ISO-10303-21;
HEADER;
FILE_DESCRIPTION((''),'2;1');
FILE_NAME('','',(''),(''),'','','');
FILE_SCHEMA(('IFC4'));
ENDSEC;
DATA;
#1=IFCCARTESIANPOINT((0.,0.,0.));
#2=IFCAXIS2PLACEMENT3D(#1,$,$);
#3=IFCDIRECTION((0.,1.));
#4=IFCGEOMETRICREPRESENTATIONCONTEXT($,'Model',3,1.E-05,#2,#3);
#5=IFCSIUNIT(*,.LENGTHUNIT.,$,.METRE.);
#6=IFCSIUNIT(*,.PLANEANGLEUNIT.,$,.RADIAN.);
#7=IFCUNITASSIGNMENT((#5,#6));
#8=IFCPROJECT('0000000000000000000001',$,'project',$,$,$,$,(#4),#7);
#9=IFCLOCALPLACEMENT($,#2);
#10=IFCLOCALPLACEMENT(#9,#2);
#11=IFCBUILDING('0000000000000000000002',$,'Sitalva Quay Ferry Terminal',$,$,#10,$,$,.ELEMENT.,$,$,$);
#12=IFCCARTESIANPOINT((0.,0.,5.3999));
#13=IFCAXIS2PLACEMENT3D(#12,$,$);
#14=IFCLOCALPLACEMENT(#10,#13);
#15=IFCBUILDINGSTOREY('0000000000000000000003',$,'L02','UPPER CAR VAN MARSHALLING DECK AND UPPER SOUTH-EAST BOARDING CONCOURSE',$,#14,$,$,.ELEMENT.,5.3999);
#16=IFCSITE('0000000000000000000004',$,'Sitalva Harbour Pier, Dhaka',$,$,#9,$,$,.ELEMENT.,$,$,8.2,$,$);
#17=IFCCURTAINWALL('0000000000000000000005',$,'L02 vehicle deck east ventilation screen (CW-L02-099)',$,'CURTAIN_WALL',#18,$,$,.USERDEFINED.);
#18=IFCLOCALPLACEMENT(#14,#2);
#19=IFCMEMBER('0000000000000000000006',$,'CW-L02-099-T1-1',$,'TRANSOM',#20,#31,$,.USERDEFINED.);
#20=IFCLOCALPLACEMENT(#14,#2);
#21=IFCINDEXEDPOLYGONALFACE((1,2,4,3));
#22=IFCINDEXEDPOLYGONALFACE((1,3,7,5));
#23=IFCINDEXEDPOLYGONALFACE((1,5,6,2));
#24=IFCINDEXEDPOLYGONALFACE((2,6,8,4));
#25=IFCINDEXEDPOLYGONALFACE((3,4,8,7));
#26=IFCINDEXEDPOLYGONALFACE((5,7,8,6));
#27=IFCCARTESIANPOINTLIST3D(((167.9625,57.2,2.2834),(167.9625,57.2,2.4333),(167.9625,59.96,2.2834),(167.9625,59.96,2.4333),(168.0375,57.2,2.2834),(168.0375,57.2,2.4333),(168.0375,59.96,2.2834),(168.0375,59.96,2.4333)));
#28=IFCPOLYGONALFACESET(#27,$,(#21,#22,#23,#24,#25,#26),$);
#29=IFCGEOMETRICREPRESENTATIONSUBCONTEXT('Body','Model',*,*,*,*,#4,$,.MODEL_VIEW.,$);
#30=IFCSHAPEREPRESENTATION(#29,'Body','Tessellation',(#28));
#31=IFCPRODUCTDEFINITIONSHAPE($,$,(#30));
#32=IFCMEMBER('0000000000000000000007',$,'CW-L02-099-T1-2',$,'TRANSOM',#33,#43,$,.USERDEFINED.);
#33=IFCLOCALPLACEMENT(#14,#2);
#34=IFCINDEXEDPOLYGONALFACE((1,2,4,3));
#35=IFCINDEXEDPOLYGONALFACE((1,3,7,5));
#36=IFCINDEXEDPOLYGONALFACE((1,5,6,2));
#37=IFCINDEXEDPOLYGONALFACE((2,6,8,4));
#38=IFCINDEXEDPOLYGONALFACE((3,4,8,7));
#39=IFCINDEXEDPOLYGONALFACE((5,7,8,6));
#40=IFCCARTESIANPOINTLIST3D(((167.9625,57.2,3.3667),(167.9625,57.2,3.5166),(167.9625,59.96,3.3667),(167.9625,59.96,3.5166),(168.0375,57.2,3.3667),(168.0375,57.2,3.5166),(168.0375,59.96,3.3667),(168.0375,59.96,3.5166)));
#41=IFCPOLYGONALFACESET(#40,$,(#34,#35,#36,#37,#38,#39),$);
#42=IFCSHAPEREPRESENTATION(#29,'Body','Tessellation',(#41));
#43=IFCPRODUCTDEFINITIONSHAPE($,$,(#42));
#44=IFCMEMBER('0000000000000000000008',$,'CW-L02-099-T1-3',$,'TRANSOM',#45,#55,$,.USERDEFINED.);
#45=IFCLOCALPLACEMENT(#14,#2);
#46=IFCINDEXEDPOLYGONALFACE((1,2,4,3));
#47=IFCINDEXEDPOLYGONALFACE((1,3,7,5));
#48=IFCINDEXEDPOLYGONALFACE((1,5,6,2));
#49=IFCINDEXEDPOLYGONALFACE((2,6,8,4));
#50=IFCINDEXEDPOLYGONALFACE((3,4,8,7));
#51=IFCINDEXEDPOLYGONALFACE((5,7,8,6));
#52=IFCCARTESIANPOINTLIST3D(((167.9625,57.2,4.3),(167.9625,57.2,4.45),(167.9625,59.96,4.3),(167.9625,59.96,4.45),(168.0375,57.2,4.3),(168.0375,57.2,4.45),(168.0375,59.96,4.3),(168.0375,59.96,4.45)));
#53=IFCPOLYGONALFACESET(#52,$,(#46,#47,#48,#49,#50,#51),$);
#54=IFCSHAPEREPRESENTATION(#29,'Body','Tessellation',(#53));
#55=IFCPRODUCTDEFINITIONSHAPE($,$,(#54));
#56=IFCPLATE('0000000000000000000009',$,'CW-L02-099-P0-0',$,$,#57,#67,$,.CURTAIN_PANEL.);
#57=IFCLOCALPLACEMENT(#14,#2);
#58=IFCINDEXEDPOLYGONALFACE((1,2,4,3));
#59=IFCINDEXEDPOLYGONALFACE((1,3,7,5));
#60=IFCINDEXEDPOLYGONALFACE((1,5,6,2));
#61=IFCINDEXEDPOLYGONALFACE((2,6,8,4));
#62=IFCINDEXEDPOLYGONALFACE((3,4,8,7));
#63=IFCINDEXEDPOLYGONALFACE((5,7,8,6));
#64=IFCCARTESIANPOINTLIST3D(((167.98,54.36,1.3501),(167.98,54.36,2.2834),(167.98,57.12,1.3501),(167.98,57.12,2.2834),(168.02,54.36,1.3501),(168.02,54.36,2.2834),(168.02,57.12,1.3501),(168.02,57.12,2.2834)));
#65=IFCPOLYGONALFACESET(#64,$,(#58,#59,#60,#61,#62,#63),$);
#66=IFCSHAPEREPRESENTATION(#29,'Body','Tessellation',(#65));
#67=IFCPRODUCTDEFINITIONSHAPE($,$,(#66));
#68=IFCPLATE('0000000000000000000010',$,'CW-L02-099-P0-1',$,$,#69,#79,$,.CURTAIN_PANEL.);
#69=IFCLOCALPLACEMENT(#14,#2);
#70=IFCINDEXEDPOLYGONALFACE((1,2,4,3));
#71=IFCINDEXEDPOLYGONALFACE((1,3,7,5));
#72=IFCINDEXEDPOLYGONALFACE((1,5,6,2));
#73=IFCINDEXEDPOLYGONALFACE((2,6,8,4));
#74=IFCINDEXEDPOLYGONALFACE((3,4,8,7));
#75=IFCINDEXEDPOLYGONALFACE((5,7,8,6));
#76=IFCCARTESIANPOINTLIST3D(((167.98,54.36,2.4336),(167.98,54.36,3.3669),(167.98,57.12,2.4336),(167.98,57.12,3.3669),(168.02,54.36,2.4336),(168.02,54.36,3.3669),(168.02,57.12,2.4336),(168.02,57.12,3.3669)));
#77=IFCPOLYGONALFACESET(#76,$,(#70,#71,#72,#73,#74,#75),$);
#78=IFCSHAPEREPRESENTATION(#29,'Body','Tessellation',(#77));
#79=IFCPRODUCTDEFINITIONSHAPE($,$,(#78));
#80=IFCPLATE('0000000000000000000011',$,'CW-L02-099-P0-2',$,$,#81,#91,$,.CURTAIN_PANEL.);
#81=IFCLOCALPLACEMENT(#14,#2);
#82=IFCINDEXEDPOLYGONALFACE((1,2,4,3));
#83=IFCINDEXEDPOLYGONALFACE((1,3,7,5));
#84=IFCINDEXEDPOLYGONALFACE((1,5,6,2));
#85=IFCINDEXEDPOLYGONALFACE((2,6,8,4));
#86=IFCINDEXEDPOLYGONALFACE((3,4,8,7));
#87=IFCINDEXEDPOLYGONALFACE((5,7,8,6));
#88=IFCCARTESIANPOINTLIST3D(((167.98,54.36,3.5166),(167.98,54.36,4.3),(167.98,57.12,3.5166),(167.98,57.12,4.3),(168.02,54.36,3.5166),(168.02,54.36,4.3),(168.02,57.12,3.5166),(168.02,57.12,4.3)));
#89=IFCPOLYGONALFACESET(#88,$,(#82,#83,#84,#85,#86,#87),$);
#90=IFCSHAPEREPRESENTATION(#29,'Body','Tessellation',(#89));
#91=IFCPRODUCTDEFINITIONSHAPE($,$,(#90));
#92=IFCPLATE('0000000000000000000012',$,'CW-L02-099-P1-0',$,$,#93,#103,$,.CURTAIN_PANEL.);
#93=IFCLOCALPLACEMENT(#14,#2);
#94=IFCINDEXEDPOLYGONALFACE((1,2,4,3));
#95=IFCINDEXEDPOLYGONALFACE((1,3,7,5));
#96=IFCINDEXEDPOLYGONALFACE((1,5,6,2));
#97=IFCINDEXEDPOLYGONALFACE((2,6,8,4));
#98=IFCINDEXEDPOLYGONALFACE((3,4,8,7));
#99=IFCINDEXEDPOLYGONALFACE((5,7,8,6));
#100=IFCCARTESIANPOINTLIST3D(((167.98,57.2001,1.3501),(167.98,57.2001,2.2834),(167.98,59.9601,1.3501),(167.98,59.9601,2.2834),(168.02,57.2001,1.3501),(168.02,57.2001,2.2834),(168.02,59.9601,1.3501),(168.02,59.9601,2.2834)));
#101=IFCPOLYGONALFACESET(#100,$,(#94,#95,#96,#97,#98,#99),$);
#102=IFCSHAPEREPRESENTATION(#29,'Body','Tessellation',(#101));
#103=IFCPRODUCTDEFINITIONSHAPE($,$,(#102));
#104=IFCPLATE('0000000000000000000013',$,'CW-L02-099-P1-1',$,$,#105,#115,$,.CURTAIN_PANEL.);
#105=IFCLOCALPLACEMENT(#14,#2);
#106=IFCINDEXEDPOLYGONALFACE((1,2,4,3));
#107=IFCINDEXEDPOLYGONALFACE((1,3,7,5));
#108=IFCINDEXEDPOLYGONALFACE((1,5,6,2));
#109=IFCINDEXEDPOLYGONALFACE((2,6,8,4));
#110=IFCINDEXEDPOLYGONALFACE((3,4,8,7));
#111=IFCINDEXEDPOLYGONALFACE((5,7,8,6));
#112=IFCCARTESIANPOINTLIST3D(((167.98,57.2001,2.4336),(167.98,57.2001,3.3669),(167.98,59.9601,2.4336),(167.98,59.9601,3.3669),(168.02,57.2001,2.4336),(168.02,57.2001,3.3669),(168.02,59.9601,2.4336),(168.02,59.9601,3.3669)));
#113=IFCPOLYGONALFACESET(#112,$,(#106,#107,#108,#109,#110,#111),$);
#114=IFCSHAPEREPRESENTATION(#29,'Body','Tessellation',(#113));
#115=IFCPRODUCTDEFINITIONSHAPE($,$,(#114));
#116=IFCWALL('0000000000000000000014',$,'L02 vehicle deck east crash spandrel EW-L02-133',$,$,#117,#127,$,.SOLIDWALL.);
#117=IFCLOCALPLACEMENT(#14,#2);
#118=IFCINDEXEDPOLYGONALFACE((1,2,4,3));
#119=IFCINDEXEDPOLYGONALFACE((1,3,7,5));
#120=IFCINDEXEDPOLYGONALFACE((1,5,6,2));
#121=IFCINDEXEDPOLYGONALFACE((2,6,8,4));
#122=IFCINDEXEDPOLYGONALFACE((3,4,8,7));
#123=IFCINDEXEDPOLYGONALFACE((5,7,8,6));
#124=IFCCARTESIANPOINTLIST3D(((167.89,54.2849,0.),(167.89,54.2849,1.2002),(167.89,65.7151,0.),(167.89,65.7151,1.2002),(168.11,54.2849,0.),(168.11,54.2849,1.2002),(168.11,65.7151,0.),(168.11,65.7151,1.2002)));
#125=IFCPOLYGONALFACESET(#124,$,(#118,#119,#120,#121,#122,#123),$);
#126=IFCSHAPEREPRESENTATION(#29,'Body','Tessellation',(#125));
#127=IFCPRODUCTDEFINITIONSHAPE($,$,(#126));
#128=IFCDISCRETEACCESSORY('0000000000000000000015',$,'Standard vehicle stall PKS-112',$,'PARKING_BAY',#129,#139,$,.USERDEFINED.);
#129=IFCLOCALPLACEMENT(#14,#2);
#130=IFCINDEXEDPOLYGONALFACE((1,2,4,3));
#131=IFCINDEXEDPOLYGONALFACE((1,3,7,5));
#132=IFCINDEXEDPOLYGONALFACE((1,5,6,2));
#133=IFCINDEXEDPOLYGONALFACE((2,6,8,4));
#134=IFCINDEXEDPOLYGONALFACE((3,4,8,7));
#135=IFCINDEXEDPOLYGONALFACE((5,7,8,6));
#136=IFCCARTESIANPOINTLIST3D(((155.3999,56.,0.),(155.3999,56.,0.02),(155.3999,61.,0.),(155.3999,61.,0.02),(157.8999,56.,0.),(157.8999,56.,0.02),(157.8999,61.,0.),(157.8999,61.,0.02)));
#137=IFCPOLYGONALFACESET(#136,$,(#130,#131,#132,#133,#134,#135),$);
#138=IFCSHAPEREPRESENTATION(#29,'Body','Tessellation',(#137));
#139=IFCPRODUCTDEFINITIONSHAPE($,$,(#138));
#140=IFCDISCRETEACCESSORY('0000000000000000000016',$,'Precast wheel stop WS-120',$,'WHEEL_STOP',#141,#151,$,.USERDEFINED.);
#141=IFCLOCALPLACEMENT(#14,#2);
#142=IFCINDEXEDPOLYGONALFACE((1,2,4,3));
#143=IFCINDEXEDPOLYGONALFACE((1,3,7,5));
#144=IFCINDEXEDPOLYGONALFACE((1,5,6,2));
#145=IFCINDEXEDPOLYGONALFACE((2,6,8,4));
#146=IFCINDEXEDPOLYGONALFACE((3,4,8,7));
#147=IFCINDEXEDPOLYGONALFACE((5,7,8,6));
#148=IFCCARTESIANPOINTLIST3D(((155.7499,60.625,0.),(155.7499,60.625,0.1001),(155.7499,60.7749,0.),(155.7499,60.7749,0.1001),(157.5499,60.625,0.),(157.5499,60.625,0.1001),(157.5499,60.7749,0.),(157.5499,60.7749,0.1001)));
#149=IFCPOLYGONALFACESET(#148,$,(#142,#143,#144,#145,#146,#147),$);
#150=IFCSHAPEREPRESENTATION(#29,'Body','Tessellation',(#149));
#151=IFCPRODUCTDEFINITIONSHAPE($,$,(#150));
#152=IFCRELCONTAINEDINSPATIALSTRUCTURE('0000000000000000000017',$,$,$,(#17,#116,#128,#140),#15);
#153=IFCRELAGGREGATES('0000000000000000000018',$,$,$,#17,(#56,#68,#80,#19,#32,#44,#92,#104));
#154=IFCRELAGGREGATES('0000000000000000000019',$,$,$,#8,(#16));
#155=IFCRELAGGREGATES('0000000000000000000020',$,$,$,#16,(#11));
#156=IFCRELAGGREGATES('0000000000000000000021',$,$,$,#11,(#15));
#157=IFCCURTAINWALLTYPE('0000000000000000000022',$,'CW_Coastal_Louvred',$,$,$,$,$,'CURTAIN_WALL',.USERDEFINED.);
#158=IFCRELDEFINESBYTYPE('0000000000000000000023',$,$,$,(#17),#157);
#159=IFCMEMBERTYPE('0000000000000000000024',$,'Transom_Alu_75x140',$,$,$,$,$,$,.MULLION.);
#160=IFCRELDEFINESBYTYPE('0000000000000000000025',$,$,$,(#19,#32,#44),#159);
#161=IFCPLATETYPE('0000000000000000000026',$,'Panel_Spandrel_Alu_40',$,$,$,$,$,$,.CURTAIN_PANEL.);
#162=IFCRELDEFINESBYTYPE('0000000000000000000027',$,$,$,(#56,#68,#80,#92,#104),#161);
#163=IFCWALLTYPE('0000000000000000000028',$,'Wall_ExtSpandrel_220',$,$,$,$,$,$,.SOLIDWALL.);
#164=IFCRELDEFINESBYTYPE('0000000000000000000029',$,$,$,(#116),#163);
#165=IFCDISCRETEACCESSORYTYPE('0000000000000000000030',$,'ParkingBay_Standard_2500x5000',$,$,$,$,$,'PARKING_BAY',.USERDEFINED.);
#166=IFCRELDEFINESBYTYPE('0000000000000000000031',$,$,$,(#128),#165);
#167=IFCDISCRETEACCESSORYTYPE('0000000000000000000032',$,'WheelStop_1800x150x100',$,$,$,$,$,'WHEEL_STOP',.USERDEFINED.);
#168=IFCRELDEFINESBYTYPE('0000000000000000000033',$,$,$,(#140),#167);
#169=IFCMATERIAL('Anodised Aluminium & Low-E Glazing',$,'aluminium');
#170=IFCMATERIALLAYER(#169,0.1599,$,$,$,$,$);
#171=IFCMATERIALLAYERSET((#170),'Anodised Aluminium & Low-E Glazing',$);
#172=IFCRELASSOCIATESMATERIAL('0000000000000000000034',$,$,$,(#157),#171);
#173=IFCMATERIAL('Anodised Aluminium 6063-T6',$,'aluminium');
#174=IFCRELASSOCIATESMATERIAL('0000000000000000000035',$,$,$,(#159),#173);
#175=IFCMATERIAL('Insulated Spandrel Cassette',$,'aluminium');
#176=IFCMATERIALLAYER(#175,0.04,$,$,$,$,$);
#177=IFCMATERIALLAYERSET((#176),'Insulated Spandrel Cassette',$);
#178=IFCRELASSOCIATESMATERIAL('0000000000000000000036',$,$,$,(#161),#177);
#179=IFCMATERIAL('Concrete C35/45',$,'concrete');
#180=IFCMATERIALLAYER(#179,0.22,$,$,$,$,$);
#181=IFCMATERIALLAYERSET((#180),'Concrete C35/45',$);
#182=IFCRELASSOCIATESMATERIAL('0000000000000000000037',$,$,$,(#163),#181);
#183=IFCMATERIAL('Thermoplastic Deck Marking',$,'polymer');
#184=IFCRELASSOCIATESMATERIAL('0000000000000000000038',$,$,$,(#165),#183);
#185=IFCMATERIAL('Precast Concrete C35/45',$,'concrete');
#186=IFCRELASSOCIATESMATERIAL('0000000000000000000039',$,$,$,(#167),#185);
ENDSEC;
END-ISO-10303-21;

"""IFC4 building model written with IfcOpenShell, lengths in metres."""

from ifc_helpers import new_model, si_unit, direction, frame, frame_2d, origin, origin_2d, place, context, subcontext, project, spatial, rectangle, extrude, material, layer, layer_set, material_profile, profile_set, type_object, element, aggregate, save


model = new_model("IFC4")

# Units and contexts
model_context = context("Model", 3, precision=1e-05, world=origin(), true_north=direction((0.0, 1.0)))
body_context = subcontext(model_context, "Body", "Model", "MODEL_VIEW")
ifc_project = project(units=[si_unit("LENGTHUNIT", "METRE"), si_unit("PLANEANGLEUNIT", "RADIAN")], contexts=[model_context])

# Site, building, storey
site_placement = place(None, origin())
site = spatial("IfcSite", under=ifc_project, at=site_placement, Name="Sitalva Harbour Pier, Dhaka", CompositionType="ELEMENT", RefElevation=8.2)
building_placement = place(site_placement, origin())
building = spatial("IfcBuilding", under=site, at=building_placement, Name="Sitalva Quay Ferry Terminal", CompositionType="ELEMENT")
storey_placement = place(building_placement, frame((0.0, 0.0, 5.3999)))
storey = spatial("IfcBuildingStorey", under=building, at=storey_placement, Name="L02", Description="UPPER CAR VAN MARSHALLING DECK AND UPPER SOUTH-EAST BOARDING CONCOURSE", CompositionType="ELEMENT", Elevation=5.3999)

# Curtain wall, members, plates
ifc_material_1 = material(Name="Anodised Aluminium & Low-E Glazing", Category="aluminium")
ifc_layer_1 = layer(ifc_material_1, 0.1599)
ifc_layer_set_1 = layer_set([ifc_layer_1], Name="Anodised Aluminium & Low-E Glazing")
curtain_wall_type = type_object("IfcCurtainWallType", Name="CW_Coastal_Louvred", ElementType="CURTAIN_WALL", PredefinedType="USERDEFINED", material=ifc_layer_set_1)
curtain_wall_placement = place(storey_placement, origin())
curtain_wall = element("IfcCurtainWall", 1, at=curtain_wall_placement, inside=storey, type_object=curtain_wall_type, Name="L02 vehicle deck east ventilation screen (CW-L02-099)", ObjectType="CURTAIN_WALL", PredefinedType="USERDEFINED")
ifc_material_2 = material(Name="Anodised Aluminium 6063-T6", Category="aluminium")
ifc_material_profile_1 = material_profile(ifc_material_2, rectangle(XDim=0.075, YDim=0.1499, at=origin_2d()), Name="ALU75x150")
ifc_profile_set_1 = profile_set([ifc_material_profile_1], Name="Anodised Aluminium 6063-T6")
member_type_1 = type_object("IfcMemberType", Name="Transom_Alu_75x140", PredefinedType="MULLION", material=ifc_profile_set_1)
member_1_placement = place(storey_placement, frame((168.0, 57.2, 2.3584), z_axis=(0.0, 1.0, 0.0), x_axis=(-1.0, 0.0, 0.0)))
member_1 = element("IfcMember", 2, at=member_1_placement, type_object=member_type_1, Name="CW-L02-099-T1-1", ObjectType="TRANSOM", PredefinedType="USERDEFINED", context=body_context, shape_type="SweptSolid", body=[
    extrude(rectangle(XDim=0.075, YDim=0.1499, at=origin_2d()), origin(), (0.0, 0.0, 1.0), 2.76),
])
member_2_placement = place(storey_placement, frame((168.0, 57.2, 3.4417), z_axis=(0.0, 1.0, 0.0), x_axis=(-1.0, 0.0, 0.0)))
member_2 = element("IfcMember", 3, at=member_2_placement, type_object=member_type_1, Name="CW-L02-099-T1-2", ObjectType="TRANSOM", PredefinedType="USERDEFINED", context=body_context, shape_type="SweptSolid", body=[
    extrude(rectangle(XDim=0.075, YDim=0.1499, at=origin_2d()), origin(), (0.0, 0.0, 1.0), 2.76),
])
member_3_placement = place(storey_placement, frame((168.0, 57.2, 4.375), z_axis=(0.0, 1.0, 0.0), x_axis=(-1.0, 0.0, 0.0)))
member_3 = element("IfcMember", 4, at=member_3_placement, type_object=member_type_1, Name="CW-L02-099-T1-3", ObjectType="TRANSOM", PredefinedType="USERDEFINED", context=body_context, shape_type="SweptSolid", body=[
    extrude(rectangle(XDim=0.075, YDim=0.1499, at=origin_2d()), origin(), (0.0, 0.0, 1.0), 2.76),
])
ifc_material_3 = material(Name="Insulated Spandrel Cassette", Category="aluminium")
ifc_layer_2 = layer(ifc_material_3, 0.04)
ifc_layer_set_2 = layer_set([ifc_layer_2], Name="Insulated Spandrel Cassette")
plate_type = type_object("IfcPlateType", Name="Panel_Spandrel_Alu_40", PredefinedType="CURTAIN_PANEL", material=ifc_layer_set_2)
plate_1_placement = place(storey_placement, frame((168.0, 55.74, 1.3501), z_axis=(0.0, 0.0, 1.0), x_axis=(0.0, 1.0, 0.0)))
plate_1 = element("IfcPlate", 5, at=plate_1_placement, type_object=plate_type, Name="CW-L02-099-P0-0", PredefinedType="CURTAIN_PANEL", context=body_context, shape_type="SweptSolid", body=[
    extrude(rectangle(XDim=2.76, YDim=0.04, at=origin_2d()), origin(), (0.0, 0.0, 1.0), 0.9333),
])
plate_2_placement = place(storey_placement, frame((168.0, 55.74, 2.4336), z_axis=(0.0, 0.0, 1.0), x_axis=(0.0, 1.0, 0.0)))
plate_2 = element("IfcPlate", 6, at=plate_2_placement, type_object=plate_type, Name="CW-L02-099-P0-1", PredefinedType="CURTAIN_PANEL", context=body_context, shape_type="SweptSolid", body=[
    extrude(rectangle(XDim=2.76, YDim=0.04, at=origin_2d()), origin(), (0.0, 0.0, 1.0), 0.9333),
])
plate_3_placement = place(storey_placement, frame((168.0, 55.74, 3.5166), z_axis=(0.0, 0.0, 1.0), x_axis=(0.0, 1.0, 0.0)))
plate_3 = element("IfcPlate", 7, at=plate_3_placement, type_object=plate_type, Name="CW-L02-099-P0-2", PredefinedType="CURTAIN_PANEL", context=body_context, shape_type="SweptSolid", body=[
    extrude(rectangle(XDim=2.76, YDim=0.04, at=origin_2d()), origin(), (0.0, 0.0, 1.0), 0.7834),
])
plate_4_placement = place(storey_placement, frame((168.0, 58.5801, 1.3501), z_axis=(0.0, 0.0, 1.0), x_axis=(0.0, 1.0, 0.0)))
plate_4 = element("IfcPlate", 8, at=plate_4_placement, type_object=plate_type, Name="CW-L02-099-P1-0", PredefinedType="CURTAIN_PANEL", context=body_context, shape_type="SweptSolid", body=[
    extrude(rectangle(XDim=2.76, YDim=0.04, at=origin_2d()), origin(), (0.0, 0.0, 1.0), 0.9333),
])
plate_5_placement = place(storey_placement, frame((168.0, 58.5801, 2.4336), z_axis=(0.0, 0.0, 1.0), x_axis=(0.0, 1.0, 0.0)))
plate_5 = element("IfcPlate", 9, at=plate_5_placement, type_object=plate_type, Name="CW-L02-099-P1-1", PredefinedType="CURTAIN_PANEL", context=body_context, shape_type="SweptSolid", body=[
    extrude(rectangle(XDim=2.76, YDim=0.04, at=origin_2d()), origin(), (0.0, 0.0, 1.0), 0.9333),
])
aggregate(curtain_wall, [plate_1, plate_2, plate_3, member_1, member_2, member_3, plate_4, plate_5])

# Wall
ifc_material_4 = material(Name="Concrete C35/45", Category="concrete")
ifc_layer_3 = layer(ifc_material_4, 0.22)
ifc_layer_set_3 = layer_set([ifc_layer_3], Name="Concrete C35/45")
wall_type = type_object("IfcWallType", Name="Wall_ExtSpandrel_220", PredefinedType="SOLIDWALL", material=ifc_layer_set_3)
wall_placement = place(storey_placement, frame((168.0, 54.2849, 0.0), z_axis=(0.0, 0.0, 1.0), x_axis=(0.0, 1.0, 0.0)))
element("IfcWall", 10, at=wall_placement, inside=storey, type_object=wall_type, Name="L02 vehicle deck east crash spandrel EW-L02-133", PredefinedType="SOLIDWALL", context=body_context, shape_type="SweptSolid", body=[
    extrude(rectangle(XDim=11.4302, YDim=0.22, at=frame_2d((5.7151, 0.0))), origin(), (0.0, 0.0, 1.0), 1.2002),
])

# Discrete accessories
ifc_material_5 = material(Name="Thermoplastic Deck Marking", Category="polymer")
discrete_accessory_type_1 = type_object("IfcDiscreteAccessoryType", Name="ParkingBay_Standard_2500x5000", ElementType="PARKING_BAY", PredefinedType="USERDEFINED", material=ifc_material_5)
discrete_accessory_1_placement = place(storey_placement, frame((156.6499, 58.5, 0.0), z_axis=(0.0, 0.0, 1.0), x_axis=(1.0, 0.0, 0.0)))
element("IfcDiscreteAccessory", 11, at=discrete_accessory_1_placement, inside=storey, type_object=discrete_accessory_type_1, Name="Standard vehicle stall PKS-112", ObjectType="PARKING_BAY", PredefinedType="USERDEFINED", context=body_context, shape_type="SweptSolid", body=[
    extrude(rectangle(XDim=2.5, YDim=5.0, at=origin_2d()), origin(), (0.0, 0.0, 1.0), 0.02),
])
ifc_material_6 = material(Name="Precast Concrete C35/45", Category="concrete")
discrete_accessory_type_2 = type_object("IfcDiscreteAccessoryType", Name="WheelStop_1800x150x100", ElementType="WHEEL_STOP", PredefinedType="USERDEFINED", material=ifc_material_6)
discrete_accessory_2_placement = place(storey_placement, frame((156.6499, 60.7, 0.0), z_axis=(0.0, 0.0, 1.0), x_axis=(1.0, 0.0, 0.0)))
element("IfcDiscreteAccessory", 12, at=discrete_accessory_2_placement, inside=storey, type_object=discrete_accessory_type_2, Name="Precast wheel stop WS-120", ObjectType="WHEEL_STOP", PredefinedType="USERDEFINED", context=body_context, shape_type="SweptSolid", body=[
    extrude(rectangle(XDim=1.8, YDim=0.1499, at=origin_2d()), origin(), (0.0, 0.0, 1.0), 0.1001),
])

save(model, "model.ifc")
